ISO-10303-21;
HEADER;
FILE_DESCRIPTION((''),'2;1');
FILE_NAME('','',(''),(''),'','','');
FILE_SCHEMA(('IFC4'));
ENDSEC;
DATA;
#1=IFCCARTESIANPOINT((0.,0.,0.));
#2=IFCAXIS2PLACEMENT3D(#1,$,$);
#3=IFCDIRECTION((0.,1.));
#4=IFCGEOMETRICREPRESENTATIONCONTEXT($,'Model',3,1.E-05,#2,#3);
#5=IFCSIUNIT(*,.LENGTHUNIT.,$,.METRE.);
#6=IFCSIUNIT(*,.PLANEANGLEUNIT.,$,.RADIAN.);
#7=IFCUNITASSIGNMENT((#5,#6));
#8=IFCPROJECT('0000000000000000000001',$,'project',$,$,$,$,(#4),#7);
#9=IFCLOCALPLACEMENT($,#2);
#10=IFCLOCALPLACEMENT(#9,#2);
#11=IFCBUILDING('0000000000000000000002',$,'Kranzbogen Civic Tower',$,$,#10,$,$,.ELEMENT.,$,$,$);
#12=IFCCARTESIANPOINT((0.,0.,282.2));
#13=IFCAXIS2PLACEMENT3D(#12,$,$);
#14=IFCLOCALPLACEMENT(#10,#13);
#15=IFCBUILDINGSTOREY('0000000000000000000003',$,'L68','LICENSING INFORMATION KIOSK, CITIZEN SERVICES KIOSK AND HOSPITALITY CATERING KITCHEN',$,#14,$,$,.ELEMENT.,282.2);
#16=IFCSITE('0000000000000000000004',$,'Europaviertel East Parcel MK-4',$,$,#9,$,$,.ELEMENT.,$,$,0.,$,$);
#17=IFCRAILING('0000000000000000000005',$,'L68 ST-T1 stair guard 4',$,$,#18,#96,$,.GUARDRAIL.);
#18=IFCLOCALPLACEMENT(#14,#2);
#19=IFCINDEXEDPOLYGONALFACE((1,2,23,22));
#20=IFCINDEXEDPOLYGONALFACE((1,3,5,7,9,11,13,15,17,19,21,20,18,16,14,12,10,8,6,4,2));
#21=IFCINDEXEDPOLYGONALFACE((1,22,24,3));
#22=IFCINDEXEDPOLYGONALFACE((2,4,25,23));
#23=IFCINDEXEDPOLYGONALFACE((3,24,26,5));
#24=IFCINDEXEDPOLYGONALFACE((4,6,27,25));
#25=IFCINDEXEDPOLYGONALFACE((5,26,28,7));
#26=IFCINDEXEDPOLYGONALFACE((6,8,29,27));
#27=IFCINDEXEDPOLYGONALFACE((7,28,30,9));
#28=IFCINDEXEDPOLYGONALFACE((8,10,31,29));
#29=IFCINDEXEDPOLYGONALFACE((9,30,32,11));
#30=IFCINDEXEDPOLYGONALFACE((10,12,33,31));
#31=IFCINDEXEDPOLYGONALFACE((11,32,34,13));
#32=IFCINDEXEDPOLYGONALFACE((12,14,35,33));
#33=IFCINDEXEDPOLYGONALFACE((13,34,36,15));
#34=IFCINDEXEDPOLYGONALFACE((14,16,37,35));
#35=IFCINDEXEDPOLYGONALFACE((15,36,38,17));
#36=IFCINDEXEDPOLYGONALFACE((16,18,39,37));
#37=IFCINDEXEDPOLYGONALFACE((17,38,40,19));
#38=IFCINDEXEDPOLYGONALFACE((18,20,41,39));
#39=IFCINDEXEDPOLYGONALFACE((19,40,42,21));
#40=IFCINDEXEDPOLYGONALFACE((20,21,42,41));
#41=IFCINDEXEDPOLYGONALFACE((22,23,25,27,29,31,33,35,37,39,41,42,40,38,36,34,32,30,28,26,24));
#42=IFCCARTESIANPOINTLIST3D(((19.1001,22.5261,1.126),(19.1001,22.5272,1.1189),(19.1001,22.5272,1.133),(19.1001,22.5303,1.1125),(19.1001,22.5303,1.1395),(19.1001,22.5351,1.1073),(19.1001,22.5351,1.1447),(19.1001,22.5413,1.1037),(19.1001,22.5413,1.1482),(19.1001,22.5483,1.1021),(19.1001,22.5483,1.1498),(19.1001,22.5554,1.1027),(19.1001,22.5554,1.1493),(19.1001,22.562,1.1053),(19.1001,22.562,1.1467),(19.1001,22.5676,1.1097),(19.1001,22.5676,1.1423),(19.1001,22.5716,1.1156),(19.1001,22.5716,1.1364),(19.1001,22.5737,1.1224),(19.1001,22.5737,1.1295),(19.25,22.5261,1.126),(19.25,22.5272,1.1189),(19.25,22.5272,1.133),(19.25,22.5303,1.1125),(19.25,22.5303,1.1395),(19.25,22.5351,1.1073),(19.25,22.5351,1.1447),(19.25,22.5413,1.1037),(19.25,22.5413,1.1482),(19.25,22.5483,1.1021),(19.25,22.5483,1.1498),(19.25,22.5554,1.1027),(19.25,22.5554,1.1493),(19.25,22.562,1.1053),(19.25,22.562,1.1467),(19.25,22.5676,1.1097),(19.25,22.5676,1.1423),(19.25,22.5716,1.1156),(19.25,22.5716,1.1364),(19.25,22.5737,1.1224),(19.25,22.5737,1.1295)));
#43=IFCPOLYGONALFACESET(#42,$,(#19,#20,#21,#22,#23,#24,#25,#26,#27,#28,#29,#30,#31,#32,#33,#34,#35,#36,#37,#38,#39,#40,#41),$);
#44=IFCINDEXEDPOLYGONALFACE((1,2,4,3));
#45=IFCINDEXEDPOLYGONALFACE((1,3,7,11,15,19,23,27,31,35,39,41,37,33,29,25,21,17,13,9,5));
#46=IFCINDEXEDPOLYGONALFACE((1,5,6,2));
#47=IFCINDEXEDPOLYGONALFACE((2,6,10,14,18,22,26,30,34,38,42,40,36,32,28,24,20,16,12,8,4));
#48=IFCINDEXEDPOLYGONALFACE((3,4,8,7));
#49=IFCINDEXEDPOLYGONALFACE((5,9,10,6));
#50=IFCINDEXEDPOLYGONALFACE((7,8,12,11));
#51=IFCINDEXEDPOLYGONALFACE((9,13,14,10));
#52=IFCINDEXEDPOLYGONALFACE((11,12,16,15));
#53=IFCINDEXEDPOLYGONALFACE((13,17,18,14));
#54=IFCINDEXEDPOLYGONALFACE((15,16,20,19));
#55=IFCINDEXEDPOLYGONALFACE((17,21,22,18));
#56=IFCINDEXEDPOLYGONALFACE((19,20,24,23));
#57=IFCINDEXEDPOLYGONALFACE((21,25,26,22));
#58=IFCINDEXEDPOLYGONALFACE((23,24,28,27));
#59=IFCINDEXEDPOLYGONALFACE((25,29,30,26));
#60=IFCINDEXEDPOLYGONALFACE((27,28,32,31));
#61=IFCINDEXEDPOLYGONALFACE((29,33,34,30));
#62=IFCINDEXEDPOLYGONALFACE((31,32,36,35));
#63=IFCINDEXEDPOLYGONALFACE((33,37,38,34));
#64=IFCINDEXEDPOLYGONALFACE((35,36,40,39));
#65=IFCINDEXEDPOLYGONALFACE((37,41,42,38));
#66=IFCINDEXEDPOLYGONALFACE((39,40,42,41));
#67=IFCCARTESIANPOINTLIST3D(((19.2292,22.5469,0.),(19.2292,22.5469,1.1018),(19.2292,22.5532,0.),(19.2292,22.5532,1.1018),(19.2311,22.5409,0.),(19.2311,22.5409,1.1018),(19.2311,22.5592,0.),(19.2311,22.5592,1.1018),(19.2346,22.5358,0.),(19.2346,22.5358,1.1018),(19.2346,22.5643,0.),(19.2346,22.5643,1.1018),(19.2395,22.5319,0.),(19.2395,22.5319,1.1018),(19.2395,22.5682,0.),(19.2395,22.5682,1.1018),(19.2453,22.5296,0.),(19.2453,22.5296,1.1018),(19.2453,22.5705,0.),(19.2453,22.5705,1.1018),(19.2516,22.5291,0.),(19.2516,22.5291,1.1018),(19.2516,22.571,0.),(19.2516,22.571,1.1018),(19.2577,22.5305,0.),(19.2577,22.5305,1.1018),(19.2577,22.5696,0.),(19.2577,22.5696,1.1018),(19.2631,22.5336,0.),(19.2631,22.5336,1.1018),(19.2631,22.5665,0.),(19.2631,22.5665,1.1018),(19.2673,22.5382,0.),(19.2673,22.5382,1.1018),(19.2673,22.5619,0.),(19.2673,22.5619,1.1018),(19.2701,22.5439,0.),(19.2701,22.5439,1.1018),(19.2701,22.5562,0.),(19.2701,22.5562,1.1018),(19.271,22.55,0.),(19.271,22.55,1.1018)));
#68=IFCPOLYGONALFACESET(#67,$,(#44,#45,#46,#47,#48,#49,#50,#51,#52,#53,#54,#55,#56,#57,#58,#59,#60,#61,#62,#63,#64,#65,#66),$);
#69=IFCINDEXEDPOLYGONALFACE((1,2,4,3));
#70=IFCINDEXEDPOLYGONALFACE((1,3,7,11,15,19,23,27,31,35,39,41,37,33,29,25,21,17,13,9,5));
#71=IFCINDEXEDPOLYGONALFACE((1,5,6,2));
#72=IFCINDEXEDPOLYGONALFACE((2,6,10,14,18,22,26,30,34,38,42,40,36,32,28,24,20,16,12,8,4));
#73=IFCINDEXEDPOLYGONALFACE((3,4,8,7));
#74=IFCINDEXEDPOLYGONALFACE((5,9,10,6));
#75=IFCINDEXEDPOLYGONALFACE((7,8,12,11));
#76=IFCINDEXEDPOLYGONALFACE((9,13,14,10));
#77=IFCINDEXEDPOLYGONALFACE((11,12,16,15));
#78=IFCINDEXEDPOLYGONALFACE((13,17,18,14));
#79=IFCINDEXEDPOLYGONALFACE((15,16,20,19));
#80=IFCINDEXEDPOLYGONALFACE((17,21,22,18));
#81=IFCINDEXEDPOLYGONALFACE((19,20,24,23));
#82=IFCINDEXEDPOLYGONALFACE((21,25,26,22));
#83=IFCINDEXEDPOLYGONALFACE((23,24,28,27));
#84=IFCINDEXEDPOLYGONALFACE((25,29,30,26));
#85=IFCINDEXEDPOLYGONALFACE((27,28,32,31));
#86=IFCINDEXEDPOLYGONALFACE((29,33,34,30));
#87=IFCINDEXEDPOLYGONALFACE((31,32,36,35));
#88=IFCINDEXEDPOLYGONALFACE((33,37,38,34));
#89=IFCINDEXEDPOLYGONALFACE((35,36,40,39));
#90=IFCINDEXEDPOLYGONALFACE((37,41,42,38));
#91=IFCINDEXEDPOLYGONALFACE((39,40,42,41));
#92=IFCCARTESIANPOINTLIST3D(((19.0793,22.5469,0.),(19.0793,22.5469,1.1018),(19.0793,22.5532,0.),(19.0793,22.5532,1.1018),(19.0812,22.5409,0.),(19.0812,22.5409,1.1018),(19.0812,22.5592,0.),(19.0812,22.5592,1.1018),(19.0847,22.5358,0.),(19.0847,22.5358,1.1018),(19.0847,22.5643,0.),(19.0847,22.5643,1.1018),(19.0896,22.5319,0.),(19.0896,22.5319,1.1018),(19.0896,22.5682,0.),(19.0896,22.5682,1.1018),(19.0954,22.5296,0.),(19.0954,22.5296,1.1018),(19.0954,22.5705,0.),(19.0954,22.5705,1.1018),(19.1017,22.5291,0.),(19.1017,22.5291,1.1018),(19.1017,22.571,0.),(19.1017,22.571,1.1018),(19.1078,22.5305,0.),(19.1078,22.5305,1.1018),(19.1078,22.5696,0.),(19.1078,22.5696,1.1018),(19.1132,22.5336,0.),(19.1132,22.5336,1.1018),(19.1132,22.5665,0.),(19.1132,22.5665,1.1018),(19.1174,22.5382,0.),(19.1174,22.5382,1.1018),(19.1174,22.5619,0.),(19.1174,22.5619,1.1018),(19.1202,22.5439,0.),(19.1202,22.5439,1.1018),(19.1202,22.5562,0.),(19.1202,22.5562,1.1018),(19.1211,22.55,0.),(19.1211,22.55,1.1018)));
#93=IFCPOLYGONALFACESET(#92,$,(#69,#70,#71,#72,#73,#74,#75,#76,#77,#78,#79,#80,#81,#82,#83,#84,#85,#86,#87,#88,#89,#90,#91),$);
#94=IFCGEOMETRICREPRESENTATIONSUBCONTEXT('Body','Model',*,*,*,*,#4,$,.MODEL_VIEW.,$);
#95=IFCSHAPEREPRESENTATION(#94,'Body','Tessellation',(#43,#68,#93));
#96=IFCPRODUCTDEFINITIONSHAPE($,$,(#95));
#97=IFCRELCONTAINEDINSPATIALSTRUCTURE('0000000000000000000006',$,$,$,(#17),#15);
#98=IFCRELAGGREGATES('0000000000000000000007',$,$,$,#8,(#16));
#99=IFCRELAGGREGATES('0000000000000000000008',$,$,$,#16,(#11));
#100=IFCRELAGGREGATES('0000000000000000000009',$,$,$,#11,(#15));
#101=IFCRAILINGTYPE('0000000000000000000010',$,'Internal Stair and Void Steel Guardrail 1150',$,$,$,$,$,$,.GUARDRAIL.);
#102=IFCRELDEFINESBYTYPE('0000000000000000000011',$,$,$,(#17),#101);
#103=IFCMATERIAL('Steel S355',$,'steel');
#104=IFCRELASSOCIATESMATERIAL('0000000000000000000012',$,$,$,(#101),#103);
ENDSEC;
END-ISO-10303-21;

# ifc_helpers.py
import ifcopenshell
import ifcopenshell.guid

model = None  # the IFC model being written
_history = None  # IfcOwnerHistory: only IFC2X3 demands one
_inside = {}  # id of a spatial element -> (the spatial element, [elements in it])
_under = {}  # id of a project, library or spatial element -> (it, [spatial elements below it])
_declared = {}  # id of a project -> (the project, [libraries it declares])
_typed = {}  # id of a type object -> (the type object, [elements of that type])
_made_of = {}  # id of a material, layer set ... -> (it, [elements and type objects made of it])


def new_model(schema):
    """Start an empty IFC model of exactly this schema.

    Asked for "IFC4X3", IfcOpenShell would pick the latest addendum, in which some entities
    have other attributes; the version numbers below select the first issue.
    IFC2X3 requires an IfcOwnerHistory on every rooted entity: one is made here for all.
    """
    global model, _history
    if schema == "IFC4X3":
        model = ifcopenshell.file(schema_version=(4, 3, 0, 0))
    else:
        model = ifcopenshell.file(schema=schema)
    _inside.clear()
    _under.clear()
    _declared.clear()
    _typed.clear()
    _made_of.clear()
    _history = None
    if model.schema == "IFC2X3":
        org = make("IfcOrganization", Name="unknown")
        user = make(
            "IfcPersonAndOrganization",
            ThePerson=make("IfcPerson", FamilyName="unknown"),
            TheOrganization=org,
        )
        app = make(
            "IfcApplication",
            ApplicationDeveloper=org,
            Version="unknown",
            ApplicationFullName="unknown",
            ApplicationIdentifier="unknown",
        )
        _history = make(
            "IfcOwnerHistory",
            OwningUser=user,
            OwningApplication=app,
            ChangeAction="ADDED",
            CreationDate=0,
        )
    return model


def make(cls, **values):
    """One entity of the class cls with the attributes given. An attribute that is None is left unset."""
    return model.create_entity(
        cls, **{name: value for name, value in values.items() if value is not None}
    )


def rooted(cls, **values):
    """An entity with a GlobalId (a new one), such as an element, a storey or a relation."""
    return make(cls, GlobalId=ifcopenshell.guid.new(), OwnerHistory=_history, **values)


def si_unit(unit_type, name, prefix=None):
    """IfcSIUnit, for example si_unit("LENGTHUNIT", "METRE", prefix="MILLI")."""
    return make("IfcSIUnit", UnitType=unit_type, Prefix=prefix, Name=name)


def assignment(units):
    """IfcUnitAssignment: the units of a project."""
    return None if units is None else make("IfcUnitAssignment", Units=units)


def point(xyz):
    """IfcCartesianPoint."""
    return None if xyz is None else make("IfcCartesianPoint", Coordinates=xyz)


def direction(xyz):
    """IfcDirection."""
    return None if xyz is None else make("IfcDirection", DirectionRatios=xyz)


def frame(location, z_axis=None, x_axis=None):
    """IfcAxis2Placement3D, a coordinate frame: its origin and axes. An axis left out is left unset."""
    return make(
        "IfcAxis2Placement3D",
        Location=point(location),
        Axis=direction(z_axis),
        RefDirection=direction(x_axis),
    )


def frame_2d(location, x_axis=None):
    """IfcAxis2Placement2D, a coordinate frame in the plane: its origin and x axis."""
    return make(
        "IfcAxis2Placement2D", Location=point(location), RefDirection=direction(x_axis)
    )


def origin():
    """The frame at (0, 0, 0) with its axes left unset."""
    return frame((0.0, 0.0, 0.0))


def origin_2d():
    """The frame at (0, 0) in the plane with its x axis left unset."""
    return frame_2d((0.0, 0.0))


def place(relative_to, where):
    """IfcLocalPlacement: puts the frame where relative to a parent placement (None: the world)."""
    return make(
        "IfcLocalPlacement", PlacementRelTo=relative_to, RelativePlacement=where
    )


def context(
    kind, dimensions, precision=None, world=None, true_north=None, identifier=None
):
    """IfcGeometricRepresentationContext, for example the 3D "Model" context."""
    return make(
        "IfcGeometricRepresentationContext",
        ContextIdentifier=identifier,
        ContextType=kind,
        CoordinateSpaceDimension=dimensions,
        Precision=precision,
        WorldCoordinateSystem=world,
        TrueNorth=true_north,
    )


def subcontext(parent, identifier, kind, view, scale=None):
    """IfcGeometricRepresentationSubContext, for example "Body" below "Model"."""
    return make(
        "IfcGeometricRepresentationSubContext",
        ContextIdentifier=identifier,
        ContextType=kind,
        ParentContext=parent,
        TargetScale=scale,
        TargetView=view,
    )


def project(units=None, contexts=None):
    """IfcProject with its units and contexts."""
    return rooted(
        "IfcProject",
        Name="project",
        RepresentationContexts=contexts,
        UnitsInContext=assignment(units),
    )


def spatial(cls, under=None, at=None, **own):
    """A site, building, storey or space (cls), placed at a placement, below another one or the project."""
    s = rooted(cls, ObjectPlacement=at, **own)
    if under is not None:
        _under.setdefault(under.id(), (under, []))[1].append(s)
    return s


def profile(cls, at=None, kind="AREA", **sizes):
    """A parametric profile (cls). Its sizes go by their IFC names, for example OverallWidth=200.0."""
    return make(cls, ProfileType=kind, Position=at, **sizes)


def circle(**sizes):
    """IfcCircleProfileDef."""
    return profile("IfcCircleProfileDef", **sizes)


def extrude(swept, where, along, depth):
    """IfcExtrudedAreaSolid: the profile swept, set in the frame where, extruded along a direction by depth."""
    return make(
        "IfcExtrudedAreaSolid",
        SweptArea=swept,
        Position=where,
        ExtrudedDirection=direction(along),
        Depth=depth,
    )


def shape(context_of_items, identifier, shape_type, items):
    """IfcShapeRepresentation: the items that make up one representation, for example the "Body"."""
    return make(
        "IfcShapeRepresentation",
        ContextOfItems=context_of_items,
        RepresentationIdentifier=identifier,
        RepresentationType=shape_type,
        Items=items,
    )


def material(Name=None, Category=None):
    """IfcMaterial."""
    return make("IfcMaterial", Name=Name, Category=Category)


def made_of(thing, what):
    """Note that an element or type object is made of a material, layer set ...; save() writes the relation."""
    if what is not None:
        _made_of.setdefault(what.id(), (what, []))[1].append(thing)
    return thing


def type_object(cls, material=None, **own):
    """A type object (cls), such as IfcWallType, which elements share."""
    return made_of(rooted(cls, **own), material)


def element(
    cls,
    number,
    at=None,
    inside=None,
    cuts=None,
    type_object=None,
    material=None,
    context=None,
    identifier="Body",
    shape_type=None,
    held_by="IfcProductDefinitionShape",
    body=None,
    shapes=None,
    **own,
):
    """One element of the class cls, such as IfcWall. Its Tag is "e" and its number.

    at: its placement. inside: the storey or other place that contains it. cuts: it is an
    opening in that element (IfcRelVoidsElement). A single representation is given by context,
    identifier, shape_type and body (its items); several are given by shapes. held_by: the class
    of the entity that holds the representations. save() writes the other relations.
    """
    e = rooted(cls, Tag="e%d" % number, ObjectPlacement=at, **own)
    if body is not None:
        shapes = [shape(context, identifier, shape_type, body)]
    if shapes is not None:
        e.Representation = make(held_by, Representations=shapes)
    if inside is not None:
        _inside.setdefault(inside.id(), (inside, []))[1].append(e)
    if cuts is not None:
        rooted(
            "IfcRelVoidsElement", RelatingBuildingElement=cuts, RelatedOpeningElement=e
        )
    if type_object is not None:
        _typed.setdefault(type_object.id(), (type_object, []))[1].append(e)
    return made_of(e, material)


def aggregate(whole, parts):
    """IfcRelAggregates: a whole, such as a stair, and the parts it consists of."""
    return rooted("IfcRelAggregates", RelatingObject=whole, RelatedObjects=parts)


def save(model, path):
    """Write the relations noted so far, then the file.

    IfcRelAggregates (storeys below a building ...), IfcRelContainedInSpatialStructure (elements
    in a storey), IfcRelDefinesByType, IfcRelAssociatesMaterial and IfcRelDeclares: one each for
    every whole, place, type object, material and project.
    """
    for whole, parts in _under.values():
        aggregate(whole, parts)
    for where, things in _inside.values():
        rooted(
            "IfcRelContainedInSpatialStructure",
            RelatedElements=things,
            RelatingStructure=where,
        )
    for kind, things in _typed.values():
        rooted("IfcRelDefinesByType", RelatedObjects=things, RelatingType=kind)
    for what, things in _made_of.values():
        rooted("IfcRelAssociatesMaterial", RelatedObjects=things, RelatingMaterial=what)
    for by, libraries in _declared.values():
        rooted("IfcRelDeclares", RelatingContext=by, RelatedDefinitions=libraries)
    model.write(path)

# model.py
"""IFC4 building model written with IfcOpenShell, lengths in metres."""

from ifc_helpers import new_model, si_unit, direction, frame, origin, origin_2d, place, context, subcontext, project, spatial, circle, extrude, material, type_object, element, save


model = new_model("IFC4")

# Units and contexts
model_context = context("Model", 3, precision=1e-05, world=origin(), true_north=direction((0.0, 1.0)))
body_context = subcontext(model_context, "Body", "Model", "MODEL_VIEW")
ifc_project = project(units=[si_unit("LENGTHUNIT", "METRE"), si_unit("PLANEANGLEUNIT", "RADIAN")], contexts=[model_context])

# Site, building, storey
site_placement = place(None, origin())
site = spatial("IfcSite", under=ifc_project, at=site_placement, Name="Europaviertel East Parcel MK-4", CompositionType="ELEMENT", RefElevation=0.0)
building_placement = place(site_placement, origin())
building = spatial("IfcBuilding", under=site, at=building_placement, Name="Kranzbogen Civic Tower", CompositionType="ELEMENT")
storey_placement = place(building_placement, frame((0.0, 0.0, 282.2)))
storey = spatial("IfcBuildingStorey", under=building, at=storey_placement, Name="L68", Description="LICENSING INFORMATION KIOSK, CITIZEN SERVICES KIOSK AND HOSPITALITY CATERING KITCHEN", CompositionType="ELEMENT", Elevation=282.2)

# Shared definitions
ifc_material_1 = material(Name="Steel S355", Category="steel")

# Railing
railing_type_1 = type_object("IfcRailingType", Name="Internal Stair and Void Steel Guardrail 1150", PredefinedType="GUARDRAIL", material=ifc_material_1)
railing_1_placement = place(storey_placement, frame((19.25, 22.55, 0.0)))
element("IfcRailing", 1, at=railing_1_placement, inside=storey, type_object=railing_type_1, Name="L68 ST-T1 stair guard 4", PredefinedType="GUARDRAIL", context=body_context, shape_type="SweptSolid", body=[
    extrude(circle(Radius=0.0239, at=origin_2d()), frame((0.0, 0.0, 1.126), z_axis=(-1.0, 0.0, 0.0), x_axis=(0.0, -1.0, 0.0)), (0.0, 0.0, 1.0), 0.1499),
    extrude(circle(Radius=0.021, at=origin_2d()), origin(), (0.0, 0.0, 1.0), 1.1018),
    extrude(circle(Radius=0.021, at=origin_2d()), frame((-0.1499, 0.0, 0.0)), (0.0, 0.0, 1.0), 1.1018),
])

save(model, "model.ifc")
